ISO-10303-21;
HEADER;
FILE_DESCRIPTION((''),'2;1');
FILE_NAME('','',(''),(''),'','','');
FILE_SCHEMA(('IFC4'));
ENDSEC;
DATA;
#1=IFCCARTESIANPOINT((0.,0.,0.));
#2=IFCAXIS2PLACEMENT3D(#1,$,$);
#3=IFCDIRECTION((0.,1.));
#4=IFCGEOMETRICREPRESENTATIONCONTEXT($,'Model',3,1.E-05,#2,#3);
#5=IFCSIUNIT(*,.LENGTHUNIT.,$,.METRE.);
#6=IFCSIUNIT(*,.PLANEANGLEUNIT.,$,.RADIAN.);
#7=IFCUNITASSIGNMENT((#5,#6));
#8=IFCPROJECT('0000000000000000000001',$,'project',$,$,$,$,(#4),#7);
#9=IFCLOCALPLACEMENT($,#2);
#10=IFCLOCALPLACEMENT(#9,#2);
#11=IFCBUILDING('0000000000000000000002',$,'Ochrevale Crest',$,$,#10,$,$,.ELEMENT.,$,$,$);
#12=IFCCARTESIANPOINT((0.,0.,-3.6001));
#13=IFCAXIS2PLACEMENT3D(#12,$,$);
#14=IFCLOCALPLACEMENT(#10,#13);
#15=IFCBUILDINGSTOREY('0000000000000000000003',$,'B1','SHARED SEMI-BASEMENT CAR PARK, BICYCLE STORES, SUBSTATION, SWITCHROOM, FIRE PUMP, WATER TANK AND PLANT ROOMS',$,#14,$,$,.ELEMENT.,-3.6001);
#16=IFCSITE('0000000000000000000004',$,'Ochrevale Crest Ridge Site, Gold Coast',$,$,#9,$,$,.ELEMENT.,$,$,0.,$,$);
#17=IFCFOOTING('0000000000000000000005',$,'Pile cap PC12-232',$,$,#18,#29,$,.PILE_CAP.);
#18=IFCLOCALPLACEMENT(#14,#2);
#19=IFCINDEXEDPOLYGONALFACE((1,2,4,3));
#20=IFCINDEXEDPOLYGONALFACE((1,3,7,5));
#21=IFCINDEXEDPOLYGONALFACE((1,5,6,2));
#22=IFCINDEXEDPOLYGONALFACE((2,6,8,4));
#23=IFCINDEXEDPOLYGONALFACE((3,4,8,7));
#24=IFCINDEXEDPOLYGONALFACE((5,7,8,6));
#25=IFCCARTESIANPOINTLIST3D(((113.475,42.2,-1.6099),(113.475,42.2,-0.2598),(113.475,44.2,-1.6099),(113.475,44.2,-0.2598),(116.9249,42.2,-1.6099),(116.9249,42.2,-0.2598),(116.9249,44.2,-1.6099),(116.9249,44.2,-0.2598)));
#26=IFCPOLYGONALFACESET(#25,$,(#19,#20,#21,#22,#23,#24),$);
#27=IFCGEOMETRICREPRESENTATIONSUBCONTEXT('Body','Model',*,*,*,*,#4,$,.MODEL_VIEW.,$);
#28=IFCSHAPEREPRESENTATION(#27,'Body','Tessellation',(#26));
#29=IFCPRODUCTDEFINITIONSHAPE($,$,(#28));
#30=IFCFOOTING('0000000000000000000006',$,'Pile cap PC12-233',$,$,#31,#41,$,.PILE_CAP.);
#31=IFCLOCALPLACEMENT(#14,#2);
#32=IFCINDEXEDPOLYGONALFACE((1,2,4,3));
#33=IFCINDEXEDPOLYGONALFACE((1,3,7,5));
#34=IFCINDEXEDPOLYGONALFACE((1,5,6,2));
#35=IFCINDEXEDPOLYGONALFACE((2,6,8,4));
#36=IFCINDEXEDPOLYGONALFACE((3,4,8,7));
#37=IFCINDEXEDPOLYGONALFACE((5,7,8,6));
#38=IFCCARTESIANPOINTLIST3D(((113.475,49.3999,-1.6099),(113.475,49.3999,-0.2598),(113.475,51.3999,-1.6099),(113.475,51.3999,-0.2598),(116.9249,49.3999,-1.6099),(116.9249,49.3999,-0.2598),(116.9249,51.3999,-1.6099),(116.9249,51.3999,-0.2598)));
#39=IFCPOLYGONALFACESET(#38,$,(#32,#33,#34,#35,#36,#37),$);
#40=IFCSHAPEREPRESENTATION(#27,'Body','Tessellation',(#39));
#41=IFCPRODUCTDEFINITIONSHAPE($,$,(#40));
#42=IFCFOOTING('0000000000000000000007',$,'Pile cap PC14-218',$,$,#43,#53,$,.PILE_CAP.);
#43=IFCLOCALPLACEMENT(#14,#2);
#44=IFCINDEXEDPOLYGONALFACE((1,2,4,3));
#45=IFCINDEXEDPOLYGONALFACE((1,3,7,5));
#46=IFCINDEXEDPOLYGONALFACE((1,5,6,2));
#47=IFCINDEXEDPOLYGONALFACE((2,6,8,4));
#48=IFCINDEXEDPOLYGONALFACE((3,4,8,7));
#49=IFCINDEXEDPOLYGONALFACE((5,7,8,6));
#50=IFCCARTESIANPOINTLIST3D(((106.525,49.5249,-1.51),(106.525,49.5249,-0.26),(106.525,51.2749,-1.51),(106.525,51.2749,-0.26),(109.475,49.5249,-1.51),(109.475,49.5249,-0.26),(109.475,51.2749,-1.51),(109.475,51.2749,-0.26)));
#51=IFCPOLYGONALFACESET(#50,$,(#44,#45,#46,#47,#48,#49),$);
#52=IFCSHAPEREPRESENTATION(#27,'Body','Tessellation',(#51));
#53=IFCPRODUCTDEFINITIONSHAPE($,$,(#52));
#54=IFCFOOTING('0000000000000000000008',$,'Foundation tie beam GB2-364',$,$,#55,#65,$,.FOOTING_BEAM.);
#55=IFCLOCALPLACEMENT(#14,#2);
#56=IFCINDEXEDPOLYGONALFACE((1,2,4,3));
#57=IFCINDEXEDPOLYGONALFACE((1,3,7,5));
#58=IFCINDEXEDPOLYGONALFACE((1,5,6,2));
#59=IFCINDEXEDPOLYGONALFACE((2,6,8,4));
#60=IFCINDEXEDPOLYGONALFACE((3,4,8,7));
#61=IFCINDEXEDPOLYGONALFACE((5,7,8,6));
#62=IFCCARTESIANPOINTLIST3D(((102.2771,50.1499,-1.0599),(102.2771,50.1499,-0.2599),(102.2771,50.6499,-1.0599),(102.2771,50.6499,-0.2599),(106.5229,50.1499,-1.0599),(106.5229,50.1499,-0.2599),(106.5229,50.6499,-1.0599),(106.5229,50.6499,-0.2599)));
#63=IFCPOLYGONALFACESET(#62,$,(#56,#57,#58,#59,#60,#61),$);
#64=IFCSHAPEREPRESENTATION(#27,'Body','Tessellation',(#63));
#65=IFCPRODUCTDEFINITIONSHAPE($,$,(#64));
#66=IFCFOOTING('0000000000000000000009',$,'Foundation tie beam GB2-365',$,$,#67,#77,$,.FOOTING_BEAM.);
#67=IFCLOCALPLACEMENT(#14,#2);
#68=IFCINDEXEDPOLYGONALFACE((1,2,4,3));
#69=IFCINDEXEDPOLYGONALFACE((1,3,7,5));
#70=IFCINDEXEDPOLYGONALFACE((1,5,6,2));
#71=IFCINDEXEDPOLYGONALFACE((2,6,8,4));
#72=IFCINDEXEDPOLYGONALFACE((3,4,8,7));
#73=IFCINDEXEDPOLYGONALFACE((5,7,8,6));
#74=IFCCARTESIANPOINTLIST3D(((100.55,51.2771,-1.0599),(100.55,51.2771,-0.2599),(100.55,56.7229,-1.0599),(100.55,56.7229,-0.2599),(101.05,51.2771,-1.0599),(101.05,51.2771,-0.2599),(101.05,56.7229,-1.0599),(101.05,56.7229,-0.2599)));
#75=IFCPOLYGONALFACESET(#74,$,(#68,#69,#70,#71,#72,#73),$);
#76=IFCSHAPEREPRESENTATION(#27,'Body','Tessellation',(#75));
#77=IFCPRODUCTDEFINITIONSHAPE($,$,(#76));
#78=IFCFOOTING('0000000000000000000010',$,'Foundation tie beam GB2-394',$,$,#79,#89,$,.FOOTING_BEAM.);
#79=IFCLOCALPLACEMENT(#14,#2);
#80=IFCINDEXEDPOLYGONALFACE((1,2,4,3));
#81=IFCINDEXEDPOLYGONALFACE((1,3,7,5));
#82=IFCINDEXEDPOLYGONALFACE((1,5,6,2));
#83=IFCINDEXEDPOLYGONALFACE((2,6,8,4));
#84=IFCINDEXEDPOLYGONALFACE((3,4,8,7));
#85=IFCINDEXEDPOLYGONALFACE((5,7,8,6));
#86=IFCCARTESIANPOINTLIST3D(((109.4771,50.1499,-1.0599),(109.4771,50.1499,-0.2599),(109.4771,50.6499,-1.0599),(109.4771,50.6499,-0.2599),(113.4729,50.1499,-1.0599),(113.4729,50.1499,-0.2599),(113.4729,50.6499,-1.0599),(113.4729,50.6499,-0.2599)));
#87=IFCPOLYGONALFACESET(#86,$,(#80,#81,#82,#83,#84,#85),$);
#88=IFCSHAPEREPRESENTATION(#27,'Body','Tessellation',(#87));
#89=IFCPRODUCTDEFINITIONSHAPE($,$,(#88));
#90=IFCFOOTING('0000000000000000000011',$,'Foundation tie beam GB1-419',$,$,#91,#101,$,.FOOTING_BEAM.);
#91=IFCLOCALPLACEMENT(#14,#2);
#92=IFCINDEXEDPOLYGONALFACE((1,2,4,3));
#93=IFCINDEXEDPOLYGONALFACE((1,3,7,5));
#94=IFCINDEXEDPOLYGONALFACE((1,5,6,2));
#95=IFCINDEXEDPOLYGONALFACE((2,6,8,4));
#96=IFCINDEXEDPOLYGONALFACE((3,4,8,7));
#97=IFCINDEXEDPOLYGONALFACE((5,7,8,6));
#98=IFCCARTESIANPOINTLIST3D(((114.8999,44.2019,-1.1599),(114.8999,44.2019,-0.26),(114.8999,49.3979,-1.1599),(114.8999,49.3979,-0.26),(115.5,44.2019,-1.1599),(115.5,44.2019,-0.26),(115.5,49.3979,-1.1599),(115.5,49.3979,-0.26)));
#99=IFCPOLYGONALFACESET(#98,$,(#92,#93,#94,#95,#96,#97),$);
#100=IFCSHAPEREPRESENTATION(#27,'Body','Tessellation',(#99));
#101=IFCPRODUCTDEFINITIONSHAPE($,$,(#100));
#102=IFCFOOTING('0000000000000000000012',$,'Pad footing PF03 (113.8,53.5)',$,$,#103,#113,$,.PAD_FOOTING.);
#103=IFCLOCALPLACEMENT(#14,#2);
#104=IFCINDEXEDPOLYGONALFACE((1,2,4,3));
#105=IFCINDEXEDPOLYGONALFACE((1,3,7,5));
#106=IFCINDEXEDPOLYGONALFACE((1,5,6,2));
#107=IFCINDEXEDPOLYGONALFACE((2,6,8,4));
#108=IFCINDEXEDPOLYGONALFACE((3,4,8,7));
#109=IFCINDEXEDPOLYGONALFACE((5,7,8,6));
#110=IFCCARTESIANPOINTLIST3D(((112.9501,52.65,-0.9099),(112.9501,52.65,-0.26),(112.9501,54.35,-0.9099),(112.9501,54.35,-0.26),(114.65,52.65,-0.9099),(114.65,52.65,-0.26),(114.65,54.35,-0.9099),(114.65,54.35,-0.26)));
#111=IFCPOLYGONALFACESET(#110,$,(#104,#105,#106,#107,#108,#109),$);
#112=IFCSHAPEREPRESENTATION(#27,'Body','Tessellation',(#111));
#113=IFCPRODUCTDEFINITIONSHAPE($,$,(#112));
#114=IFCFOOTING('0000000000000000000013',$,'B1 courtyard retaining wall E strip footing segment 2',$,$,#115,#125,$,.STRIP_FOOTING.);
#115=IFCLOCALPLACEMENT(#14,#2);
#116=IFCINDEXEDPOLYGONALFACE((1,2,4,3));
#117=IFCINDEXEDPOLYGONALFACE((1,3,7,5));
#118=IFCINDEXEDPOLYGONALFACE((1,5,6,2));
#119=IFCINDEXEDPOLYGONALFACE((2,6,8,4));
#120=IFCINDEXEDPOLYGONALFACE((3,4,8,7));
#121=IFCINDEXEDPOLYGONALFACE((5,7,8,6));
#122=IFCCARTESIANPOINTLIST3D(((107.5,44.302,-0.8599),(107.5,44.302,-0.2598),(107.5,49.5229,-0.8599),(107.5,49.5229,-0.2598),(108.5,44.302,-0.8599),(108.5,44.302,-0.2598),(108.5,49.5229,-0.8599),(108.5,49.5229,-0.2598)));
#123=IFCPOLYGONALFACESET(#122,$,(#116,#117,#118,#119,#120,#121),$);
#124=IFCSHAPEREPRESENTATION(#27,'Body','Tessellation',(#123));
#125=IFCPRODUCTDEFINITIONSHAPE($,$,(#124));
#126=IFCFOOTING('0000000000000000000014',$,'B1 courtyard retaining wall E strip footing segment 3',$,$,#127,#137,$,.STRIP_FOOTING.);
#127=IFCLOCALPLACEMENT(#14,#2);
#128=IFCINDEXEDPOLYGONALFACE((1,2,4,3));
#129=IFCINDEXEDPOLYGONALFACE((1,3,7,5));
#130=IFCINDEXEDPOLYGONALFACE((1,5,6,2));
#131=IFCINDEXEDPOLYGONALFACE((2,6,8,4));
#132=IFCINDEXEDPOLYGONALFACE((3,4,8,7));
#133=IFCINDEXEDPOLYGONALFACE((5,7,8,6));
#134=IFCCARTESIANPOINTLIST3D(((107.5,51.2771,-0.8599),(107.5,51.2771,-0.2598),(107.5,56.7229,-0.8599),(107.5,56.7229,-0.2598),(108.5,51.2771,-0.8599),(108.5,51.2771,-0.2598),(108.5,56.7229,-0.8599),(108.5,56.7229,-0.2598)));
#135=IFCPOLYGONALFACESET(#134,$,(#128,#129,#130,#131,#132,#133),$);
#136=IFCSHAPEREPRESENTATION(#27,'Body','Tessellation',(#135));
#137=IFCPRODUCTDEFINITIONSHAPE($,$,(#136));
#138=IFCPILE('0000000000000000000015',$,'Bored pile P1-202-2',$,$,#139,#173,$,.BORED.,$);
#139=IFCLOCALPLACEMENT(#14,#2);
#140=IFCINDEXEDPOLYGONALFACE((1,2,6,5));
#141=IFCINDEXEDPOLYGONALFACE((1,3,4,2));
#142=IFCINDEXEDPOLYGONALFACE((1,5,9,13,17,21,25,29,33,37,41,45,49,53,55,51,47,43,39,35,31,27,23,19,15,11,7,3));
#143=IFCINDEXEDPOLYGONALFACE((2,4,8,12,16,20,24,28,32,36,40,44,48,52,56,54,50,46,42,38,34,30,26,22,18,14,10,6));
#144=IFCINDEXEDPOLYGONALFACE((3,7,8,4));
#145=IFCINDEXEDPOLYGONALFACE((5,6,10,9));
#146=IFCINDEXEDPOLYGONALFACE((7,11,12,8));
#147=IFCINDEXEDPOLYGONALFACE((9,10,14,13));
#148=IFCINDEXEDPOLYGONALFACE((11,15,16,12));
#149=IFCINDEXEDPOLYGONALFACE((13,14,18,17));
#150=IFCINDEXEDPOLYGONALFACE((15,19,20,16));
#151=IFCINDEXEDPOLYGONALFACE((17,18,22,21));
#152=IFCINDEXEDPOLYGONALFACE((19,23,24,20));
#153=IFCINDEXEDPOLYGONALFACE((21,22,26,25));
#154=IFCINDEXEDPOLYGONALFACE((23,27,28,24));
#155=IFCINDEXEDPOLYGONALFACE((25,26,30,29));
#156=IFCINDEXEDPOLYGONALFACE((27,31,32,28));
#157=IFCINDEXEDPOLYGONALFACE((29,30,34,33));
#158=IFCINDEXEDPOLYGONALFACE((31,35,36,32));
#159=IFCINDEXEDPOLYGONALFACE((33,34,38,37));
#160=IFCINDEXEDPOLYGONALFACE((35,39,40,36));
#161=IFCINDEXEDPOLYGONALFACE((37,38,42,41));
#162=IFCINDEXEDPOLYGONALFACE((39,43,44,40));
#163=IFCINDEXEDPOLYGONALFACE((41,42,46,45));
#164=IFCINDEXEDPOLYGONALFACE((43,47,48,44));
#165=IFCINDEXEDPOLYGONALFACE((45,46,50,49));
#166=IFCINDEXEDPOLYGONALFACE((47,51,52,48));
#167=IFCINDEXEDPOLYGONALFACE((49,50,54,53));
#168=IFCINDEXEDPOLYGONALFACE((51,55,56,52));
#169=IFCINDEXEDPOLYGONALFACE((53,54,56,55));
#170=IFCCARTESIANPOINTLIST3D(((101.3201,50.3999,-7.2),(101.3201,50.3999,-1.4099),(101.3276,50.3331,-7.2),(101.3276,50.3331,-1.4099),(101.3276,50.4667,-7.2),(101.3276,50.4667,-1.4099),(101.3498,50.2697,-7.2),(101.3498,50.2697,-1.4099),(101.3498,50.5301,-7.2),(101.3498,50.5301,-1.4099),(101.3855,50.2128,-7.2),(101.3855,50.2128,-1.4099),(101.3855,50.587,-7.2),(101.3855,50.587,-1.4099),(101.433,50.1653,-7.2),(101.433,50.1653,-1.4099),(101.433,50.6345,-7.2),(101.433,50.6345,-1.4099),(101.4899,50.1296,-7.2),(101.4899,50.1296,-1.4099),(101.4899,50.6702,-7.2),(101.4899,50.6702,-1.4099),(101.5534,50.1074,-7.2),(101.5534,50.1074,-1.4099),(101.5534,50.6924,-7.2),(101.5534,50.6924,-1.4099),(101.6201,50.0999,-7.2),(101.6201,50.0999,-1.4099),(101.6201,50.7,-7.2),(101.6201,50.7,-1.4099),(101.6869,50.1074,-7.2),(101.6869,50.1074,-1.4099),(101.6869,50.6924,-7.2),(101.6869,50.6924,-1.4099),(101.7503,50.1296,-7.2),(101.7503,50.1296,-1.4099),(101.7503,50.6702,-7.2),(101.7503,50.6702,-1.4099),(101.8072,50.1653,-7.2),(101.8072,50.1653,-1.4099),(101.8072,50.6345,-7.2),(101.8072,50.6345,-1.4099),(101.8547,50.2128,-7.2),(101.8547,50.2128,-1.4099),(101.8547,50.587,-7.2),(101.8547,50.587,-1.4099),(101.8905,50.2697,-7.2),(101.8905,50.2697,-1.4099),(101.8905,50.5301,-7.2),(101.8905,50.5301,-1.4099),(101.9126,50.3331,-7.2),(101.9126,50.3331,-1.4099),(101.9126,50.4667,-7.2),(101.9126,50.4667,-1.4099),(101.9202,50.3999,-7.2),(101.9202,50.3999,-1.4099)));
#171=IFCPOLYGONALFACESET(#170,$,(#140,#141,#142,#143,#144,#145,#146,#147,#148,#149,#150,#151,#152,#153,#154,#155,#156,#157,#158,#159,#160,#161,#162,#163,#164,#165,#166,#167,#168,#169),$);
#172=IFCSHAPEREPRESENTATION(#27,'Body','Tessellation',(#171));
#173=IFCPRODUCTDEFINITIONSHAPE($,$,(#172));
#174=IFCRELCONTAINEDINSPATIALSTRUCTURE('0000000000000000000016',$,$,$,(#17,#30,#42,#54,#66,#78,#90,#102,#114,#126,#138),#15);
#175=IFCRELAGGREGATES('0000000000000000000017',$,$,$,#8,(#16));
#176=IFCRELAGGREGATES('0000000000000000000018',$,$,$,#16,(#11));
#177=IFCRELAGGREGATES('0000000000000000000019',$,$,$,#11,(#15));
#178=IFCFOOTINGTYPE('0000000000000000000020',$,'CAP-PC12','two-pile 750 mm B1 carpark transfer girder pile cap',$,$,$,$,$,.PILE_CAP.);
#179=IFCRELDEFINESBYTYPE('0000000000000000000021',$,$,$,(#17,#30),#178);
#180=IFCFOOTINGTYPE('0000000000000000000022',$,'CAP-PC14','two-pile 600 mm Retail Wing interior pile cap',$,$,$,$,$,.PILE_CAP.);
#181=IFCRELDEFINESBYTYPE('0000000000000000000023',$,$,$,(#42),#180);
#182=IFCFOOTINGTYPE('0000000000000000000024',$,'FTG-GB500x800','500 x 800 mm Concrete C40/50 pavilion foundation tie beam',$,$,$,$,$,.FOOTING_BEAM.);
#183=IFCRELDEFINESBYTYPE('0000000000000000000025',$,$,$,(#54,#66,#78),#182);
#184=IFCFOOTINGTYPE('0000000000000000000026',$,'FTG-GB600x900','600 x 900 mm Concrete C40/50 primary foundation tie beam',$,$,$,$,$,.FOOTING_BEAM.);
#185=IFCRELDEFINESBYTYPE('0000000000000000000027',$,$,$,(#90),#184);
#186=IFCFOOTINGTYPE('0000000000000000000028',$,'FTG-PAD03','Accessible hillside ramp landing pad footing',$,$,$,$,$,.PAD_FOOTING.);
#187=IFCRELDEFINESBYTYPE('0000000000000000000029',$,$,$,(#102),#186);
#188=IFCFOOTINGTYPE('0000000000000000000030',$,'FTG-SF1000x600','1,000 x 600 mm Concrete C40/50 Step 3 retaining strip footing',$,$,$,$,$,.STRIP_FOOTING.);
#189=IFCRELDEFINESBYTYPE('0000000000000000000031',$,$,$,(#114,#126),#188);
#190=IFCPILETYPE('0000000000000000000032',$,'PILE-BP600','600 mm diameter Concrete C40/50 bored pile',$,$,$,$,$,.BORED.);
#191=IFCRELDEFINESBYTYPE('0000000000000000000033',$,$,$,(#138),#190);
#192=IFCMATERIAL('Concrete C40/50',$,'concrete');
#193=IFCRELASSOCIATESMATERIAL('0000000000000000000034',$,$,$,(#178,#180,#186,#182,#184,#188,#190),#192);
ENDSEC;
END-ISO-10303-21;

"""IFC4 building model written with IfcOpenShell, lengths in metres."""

from ifc_helpers import new_model, si_unit, direction, frame, origin, origin_2d, place, context, subcontext, project, spatial, rectangle, circle, extrude, material, material_profile, profile_set, type_object, element, save


model = new_model("IFC4")

# Units and contexts
model_context = context("Model", 3, precision=1e-05, world=origin(), true_north=direction((0.0, 1.0)))
body_context = subcontext(model_context, "Body", "Model", "MODEL_VIEW")
ifc_project = project(units=[si_unit("LENGTHUNIT", "METRE"), si_unit("PLANEANGLEUNIT", "RADIAN")], contexts=[model_context])

# Site, building, storey
site_placement = place(None, origin())
site = spatial("IfcSite", under=ifc_project, at=site_placement, Name="Ochrevale Crest Ridge Site, Gold Coast", CompositionType="ELEMENT", RefElevation=0.0)
building_placement = place(site_placement, origin())
building = spatial("IfcBuilding", under=site, at=building_placement, Name="Ochrevale Crest", CompositionType="ELEMENT")
storey_placement = place(building_placement, frame((0.0, 0.0, -3.6001)))
storey = spatial("IfcBuildingStorey", under=building, at=storey_placement, Name="B1", Description="SHARED SEMI-BASEMENT CAR PARK, BICYCLE STORES, SUBSTATION, SWITCHROOM, FIRE PUMP, WATER TANK AND PLANT ROOMS", CompositionType="ELEMENT", Elevation=-3.6001)

# Footings
ifc_material_1 = material(Name="Concrete C40/50", Category="concrete")
footing_type_1 = type_object("IfcFootingType", Name="CAP-PC12", Description="two-pile 750 mm B1 carpark transfer girder pile cap", PredefinedType="PILE_CAP", material=ifc_material_1)
for number, where, z_axis, x_axis, name in (
    (1, (115.2, 43.2, -1.6099), (0.0, 0.0, 1.0), (1.0, 0.0, 0.0), "Pile cap PC12-232"),
    (2, (115.2, 50.3999, -1.6099), (0.0, 0.0, 1.0), (1.0, 0.0, 0.0), "Pile cap PC12-233"),
):
    element("IfcFooting", number, at=place(storey_placement, frame(where, z_axis=z_axis, x_axis=x_axis)), inside=storey, type_object=footing_type_1, Name=name, PredefinedType="PILE_CAP", context=body_context, shape_type="SweptSolid", body=[
        extrude(rectangle(XDim=3.45, YDim=2.0, at=origin_2d()), origin(), (0.0, 0.0, 1.0), 1.3501),
    ])
footing_type_2 = type_object("IfcFootingType", Name="CAP-PC14", Description="two-pile 600 mm Retail Wing interior pile cap", PredefinedType="PILE_CAP", material=ifc_material_1)
footing_1_placement = place(storey_placement, frame((108.0, 50.3999, -1.51), z_axis=(0.0, 0.0, 1.0), x_axis=(1.0, 0.0, 0.0)))
element("IfcFooting", 3, at=footing_1_placement, inside=storey, type_object=footing_type_2, Name="Pile cap PC14-218", PredefinedType="PILE_CAP", context=body_context, shape_type="SweptSolid", body=[
    extrude(rectangle(XDim=2.95, YDim=1.75, at=origin_2d()), origin(), (0.0, 0.0, 1.0), 1.25),
])
ifc_material_profile_1 = material_profile(ifc_material_1, rectangle(XDim=0.5, YDim=0.8, at=origin_2d()), Name="GB 500x800")
ifc_profile_set_1 = profile_set([ifc_material_profile_1], Name="Concrete C40/50")
footing_type_3 = type_object("IfcFootingType", Name="FTG-GB500x800", Description="500 x 800 mm Concrete C40/50 pavilion foundation tie beam", PredefinedType="FOOTING_BEAM", material=ifc_profile_set_1)
footing_2_placement = place(storey_placement, frame((102.2771, 50.3999, -0.6599), z_axis=(1.0, 0.0, 0.0), x_axis=(0.0, 1.0, 0.0)))
element("IfcFooting", 4, at=footing_2_placement, inside=storey, type_object=footing_type_3, Name="Foundation tie beam GB2-364", PredefinedType="FOOTING_BEAM", context=body_context, shape_type="SweptSolid", body=[
    extrude(rectangle(XDim=0.5, YDim=0.8, at=origin_2d()), origin(), (0.0, 0.0, 1.0), 4.2458),
])
footing_3_placement = place(storey_placement, frame((100.8, 51.2771, -0.6599), z_axis=(0.0, 1.0, 0.0), x_axis=(-1.0, 0.0, 0.0)))
element("IfcFooting", 5, at=footing_3_placement, inside=storey, type_object=footing_type_3, Name="Foundation tie beam GB2-365", PredefinedType="FOOTING_BEAM", context=body_context, shape_type="SweptSolid", body=[
    extrude(rectangle(XDim=0.5, YDim=0.8, at=origin_2d()), origin(), (0.0, 0.0, 1.0), 5.4458),
])
footing_4_placement = place(storey_placement, frame((109.4771, 50.3999, -0.6599), z_axis=(1.0, 0.0, 0.0), x_axis=(0.0, 1.0, 0.0)))
element("IfcFooting", 6, at=footing_4_placement, inside=storey, type_object=footing_type_3, Name="Foundation tie beam GB2-394", PredefinedType="FOOTING_BEAM", context=body_context, shape_type="SweptSolid", body=[
    extrude(rectangle(XDim=0.5, YDim=0.8, at=origin_2d()), origin(), (0.0, 0.0, 1.0), 3.9958),
])
ifc_material_profile_2 = material_profile(ifc_material_1, rectangle(XDim=0.6001, YDim=0.8999, at=origin_2d()), Name="GB 600x900")
ifc_profile_set_2 = profile_set([ifc_material_profile_2], Name="Concrete C40/50")
footing_type_4 = type_object("IfcFootingType", Name="FTG-GB600x900", Description="600 x 900 mm Concrete C40/50 primary foundation tie beam", PredefinedType="FOOTING_BEAM", material=ifc_profile_set_2)
footing_5_placement = place(storey_placement, frame((115.2, 44.2019, -0.71), z_axis=(0.0, 1.0, 0.0), x_axis=(-1.0, 0.0, 0.0)))
element("IfcFooting", 7, at=footing_5_placement, inside=storey, type_object=footing_type_4, Name="Foundation tie beam GB1-419", PredefinedType="FOOTING_BEAM", context=body_context, shape_type="SweptSolid", body=[
    extrude(rectangle(XDim=0.6001, YDim=0.8999, at=origin_2d()), origin(), (0.0, 0.0, 1.0), 5.196),
])
footing_type_5 = type_object("IfcFootingType", Name="FTG-PAD03", Description="Accessible hillside ramp landing pad footing", PredefinedType="PAD_FOOTING", material=ifc_material_1)
footing_6_placement = place(storey_placement, frame((113.8, 53.5, -0.9099), z_axis=(0.0, 0.0, 1.0), x_axis=(1.0, 0.0, 0.0)))
element("IfcFooting", 8, at=footing_6_placement, inside=storey, type_object=footing_type_5, Name="Pad footing PF03 (113.8,53.5)", PredefinedType="PAD_FOOTING", context=body_context, shape_type="SweptSolid", body=[
    extrude(rectangle(XDim=1.7, YDim=1.7, at=origin_2d()), origin(), (0.0, 0.0, 1.0), 0.6499),
])
ifc_material_profile_3 = material_profile(ifc_material_1, rectangle(XDim=1.0, YDim=0.6001, at=origin_2d()), Name="SF 1000x600")
ifc_profile_set_3 = profile_set([ifc_material_profile_3], Name="Concrete C40/50")
footing_type_6 = type_object("IfcFootingType", Name="FTG-SF1000x600", Description="1,000 x 600 mm Concrete C40/50 Step 3 retaining strip footing", PredefinedType="STRIP_FOOTING", material=ifc_profile_set_3)
footing_7_placement = place(storey_placement, frame((108.0, 44.302, -0.5598), z_axis=(0.0, 1.0, 0.0), x_axis=(-1.0, 0.0, 0.0)))
element("IfcFooting", 9, at=footing_7_placement, inside=storey, type_object=footing_type_6, Name="B1 courtyard retaining wall E strip footing segment 2", PredefinedType="STRIP_FOOTING", context=body_context, shape_type="SweptSolid", body=[
    extrude(rectangle(XDim=1.0, YDim=0.6001, at=origin_2d()), origin(), (0.0, 0.0, 1.0), 5.2209),
])
footing_8_placement = place(storey_placement, frame((108.0, 51.2771, -0.5598), z_axis=(0.0, 1.0, 0.0), x_axis=(-1.0, 0.0, 0.0)))
element("IfcFooting", 10, at=footing_8_placement, inside=storey, type_object=footing_type_6, Name="B1 courtyard retaining wall E strip footing segment 3", PredefinedType="STRIP_FOOTING", context=body_context, shape_type="SweptSolid", body=[
    extrude(rectangle(XDim=1.0, YDim=0.6001, at=origin_2d()), origin(), (0.0, 0.0, 1.0), 5.4458),
])

# Pile
ifc_material_profile_4 = material_profile(ifc_material_1, circle(Radius=0.3, at=origin_2d()), Name="BORED PILE 600")
ifc_profile_set_4 = profile_set([ifc_material_profile_4], Name="Concrete C40/50")
pile_type_1 = type_object("IfcPileType", Name="PILE-BP600", Description="600 mm diameter Concrete C40/50 bored pile", PredefinedType="BORED", material=ifc_profile_set_4)
for number, where, z_axis, x_axis, name in (
    (11, (101.6201, 50.3999, -1.4099), (0.0, 0.0, -1.0), (1.0, 0.0, 0.0), "Bored pile P1-202-2"),
):
    element("IfcPile", number, at=place(storey_placement, frame(where, z_axis=z_axis, x_axis=x_axis)), inside=storey, type_object=pile_type_1, Name=name, PredefinedType="BORED", context=body_context, shape_type="SweptSolid", body=[
        extrude(circle(Radius=0.3, at=origin_2d()), origin(), (0.0, 0.0, 1.0), 5.79),
    ])

save(model, "model.ifc")
